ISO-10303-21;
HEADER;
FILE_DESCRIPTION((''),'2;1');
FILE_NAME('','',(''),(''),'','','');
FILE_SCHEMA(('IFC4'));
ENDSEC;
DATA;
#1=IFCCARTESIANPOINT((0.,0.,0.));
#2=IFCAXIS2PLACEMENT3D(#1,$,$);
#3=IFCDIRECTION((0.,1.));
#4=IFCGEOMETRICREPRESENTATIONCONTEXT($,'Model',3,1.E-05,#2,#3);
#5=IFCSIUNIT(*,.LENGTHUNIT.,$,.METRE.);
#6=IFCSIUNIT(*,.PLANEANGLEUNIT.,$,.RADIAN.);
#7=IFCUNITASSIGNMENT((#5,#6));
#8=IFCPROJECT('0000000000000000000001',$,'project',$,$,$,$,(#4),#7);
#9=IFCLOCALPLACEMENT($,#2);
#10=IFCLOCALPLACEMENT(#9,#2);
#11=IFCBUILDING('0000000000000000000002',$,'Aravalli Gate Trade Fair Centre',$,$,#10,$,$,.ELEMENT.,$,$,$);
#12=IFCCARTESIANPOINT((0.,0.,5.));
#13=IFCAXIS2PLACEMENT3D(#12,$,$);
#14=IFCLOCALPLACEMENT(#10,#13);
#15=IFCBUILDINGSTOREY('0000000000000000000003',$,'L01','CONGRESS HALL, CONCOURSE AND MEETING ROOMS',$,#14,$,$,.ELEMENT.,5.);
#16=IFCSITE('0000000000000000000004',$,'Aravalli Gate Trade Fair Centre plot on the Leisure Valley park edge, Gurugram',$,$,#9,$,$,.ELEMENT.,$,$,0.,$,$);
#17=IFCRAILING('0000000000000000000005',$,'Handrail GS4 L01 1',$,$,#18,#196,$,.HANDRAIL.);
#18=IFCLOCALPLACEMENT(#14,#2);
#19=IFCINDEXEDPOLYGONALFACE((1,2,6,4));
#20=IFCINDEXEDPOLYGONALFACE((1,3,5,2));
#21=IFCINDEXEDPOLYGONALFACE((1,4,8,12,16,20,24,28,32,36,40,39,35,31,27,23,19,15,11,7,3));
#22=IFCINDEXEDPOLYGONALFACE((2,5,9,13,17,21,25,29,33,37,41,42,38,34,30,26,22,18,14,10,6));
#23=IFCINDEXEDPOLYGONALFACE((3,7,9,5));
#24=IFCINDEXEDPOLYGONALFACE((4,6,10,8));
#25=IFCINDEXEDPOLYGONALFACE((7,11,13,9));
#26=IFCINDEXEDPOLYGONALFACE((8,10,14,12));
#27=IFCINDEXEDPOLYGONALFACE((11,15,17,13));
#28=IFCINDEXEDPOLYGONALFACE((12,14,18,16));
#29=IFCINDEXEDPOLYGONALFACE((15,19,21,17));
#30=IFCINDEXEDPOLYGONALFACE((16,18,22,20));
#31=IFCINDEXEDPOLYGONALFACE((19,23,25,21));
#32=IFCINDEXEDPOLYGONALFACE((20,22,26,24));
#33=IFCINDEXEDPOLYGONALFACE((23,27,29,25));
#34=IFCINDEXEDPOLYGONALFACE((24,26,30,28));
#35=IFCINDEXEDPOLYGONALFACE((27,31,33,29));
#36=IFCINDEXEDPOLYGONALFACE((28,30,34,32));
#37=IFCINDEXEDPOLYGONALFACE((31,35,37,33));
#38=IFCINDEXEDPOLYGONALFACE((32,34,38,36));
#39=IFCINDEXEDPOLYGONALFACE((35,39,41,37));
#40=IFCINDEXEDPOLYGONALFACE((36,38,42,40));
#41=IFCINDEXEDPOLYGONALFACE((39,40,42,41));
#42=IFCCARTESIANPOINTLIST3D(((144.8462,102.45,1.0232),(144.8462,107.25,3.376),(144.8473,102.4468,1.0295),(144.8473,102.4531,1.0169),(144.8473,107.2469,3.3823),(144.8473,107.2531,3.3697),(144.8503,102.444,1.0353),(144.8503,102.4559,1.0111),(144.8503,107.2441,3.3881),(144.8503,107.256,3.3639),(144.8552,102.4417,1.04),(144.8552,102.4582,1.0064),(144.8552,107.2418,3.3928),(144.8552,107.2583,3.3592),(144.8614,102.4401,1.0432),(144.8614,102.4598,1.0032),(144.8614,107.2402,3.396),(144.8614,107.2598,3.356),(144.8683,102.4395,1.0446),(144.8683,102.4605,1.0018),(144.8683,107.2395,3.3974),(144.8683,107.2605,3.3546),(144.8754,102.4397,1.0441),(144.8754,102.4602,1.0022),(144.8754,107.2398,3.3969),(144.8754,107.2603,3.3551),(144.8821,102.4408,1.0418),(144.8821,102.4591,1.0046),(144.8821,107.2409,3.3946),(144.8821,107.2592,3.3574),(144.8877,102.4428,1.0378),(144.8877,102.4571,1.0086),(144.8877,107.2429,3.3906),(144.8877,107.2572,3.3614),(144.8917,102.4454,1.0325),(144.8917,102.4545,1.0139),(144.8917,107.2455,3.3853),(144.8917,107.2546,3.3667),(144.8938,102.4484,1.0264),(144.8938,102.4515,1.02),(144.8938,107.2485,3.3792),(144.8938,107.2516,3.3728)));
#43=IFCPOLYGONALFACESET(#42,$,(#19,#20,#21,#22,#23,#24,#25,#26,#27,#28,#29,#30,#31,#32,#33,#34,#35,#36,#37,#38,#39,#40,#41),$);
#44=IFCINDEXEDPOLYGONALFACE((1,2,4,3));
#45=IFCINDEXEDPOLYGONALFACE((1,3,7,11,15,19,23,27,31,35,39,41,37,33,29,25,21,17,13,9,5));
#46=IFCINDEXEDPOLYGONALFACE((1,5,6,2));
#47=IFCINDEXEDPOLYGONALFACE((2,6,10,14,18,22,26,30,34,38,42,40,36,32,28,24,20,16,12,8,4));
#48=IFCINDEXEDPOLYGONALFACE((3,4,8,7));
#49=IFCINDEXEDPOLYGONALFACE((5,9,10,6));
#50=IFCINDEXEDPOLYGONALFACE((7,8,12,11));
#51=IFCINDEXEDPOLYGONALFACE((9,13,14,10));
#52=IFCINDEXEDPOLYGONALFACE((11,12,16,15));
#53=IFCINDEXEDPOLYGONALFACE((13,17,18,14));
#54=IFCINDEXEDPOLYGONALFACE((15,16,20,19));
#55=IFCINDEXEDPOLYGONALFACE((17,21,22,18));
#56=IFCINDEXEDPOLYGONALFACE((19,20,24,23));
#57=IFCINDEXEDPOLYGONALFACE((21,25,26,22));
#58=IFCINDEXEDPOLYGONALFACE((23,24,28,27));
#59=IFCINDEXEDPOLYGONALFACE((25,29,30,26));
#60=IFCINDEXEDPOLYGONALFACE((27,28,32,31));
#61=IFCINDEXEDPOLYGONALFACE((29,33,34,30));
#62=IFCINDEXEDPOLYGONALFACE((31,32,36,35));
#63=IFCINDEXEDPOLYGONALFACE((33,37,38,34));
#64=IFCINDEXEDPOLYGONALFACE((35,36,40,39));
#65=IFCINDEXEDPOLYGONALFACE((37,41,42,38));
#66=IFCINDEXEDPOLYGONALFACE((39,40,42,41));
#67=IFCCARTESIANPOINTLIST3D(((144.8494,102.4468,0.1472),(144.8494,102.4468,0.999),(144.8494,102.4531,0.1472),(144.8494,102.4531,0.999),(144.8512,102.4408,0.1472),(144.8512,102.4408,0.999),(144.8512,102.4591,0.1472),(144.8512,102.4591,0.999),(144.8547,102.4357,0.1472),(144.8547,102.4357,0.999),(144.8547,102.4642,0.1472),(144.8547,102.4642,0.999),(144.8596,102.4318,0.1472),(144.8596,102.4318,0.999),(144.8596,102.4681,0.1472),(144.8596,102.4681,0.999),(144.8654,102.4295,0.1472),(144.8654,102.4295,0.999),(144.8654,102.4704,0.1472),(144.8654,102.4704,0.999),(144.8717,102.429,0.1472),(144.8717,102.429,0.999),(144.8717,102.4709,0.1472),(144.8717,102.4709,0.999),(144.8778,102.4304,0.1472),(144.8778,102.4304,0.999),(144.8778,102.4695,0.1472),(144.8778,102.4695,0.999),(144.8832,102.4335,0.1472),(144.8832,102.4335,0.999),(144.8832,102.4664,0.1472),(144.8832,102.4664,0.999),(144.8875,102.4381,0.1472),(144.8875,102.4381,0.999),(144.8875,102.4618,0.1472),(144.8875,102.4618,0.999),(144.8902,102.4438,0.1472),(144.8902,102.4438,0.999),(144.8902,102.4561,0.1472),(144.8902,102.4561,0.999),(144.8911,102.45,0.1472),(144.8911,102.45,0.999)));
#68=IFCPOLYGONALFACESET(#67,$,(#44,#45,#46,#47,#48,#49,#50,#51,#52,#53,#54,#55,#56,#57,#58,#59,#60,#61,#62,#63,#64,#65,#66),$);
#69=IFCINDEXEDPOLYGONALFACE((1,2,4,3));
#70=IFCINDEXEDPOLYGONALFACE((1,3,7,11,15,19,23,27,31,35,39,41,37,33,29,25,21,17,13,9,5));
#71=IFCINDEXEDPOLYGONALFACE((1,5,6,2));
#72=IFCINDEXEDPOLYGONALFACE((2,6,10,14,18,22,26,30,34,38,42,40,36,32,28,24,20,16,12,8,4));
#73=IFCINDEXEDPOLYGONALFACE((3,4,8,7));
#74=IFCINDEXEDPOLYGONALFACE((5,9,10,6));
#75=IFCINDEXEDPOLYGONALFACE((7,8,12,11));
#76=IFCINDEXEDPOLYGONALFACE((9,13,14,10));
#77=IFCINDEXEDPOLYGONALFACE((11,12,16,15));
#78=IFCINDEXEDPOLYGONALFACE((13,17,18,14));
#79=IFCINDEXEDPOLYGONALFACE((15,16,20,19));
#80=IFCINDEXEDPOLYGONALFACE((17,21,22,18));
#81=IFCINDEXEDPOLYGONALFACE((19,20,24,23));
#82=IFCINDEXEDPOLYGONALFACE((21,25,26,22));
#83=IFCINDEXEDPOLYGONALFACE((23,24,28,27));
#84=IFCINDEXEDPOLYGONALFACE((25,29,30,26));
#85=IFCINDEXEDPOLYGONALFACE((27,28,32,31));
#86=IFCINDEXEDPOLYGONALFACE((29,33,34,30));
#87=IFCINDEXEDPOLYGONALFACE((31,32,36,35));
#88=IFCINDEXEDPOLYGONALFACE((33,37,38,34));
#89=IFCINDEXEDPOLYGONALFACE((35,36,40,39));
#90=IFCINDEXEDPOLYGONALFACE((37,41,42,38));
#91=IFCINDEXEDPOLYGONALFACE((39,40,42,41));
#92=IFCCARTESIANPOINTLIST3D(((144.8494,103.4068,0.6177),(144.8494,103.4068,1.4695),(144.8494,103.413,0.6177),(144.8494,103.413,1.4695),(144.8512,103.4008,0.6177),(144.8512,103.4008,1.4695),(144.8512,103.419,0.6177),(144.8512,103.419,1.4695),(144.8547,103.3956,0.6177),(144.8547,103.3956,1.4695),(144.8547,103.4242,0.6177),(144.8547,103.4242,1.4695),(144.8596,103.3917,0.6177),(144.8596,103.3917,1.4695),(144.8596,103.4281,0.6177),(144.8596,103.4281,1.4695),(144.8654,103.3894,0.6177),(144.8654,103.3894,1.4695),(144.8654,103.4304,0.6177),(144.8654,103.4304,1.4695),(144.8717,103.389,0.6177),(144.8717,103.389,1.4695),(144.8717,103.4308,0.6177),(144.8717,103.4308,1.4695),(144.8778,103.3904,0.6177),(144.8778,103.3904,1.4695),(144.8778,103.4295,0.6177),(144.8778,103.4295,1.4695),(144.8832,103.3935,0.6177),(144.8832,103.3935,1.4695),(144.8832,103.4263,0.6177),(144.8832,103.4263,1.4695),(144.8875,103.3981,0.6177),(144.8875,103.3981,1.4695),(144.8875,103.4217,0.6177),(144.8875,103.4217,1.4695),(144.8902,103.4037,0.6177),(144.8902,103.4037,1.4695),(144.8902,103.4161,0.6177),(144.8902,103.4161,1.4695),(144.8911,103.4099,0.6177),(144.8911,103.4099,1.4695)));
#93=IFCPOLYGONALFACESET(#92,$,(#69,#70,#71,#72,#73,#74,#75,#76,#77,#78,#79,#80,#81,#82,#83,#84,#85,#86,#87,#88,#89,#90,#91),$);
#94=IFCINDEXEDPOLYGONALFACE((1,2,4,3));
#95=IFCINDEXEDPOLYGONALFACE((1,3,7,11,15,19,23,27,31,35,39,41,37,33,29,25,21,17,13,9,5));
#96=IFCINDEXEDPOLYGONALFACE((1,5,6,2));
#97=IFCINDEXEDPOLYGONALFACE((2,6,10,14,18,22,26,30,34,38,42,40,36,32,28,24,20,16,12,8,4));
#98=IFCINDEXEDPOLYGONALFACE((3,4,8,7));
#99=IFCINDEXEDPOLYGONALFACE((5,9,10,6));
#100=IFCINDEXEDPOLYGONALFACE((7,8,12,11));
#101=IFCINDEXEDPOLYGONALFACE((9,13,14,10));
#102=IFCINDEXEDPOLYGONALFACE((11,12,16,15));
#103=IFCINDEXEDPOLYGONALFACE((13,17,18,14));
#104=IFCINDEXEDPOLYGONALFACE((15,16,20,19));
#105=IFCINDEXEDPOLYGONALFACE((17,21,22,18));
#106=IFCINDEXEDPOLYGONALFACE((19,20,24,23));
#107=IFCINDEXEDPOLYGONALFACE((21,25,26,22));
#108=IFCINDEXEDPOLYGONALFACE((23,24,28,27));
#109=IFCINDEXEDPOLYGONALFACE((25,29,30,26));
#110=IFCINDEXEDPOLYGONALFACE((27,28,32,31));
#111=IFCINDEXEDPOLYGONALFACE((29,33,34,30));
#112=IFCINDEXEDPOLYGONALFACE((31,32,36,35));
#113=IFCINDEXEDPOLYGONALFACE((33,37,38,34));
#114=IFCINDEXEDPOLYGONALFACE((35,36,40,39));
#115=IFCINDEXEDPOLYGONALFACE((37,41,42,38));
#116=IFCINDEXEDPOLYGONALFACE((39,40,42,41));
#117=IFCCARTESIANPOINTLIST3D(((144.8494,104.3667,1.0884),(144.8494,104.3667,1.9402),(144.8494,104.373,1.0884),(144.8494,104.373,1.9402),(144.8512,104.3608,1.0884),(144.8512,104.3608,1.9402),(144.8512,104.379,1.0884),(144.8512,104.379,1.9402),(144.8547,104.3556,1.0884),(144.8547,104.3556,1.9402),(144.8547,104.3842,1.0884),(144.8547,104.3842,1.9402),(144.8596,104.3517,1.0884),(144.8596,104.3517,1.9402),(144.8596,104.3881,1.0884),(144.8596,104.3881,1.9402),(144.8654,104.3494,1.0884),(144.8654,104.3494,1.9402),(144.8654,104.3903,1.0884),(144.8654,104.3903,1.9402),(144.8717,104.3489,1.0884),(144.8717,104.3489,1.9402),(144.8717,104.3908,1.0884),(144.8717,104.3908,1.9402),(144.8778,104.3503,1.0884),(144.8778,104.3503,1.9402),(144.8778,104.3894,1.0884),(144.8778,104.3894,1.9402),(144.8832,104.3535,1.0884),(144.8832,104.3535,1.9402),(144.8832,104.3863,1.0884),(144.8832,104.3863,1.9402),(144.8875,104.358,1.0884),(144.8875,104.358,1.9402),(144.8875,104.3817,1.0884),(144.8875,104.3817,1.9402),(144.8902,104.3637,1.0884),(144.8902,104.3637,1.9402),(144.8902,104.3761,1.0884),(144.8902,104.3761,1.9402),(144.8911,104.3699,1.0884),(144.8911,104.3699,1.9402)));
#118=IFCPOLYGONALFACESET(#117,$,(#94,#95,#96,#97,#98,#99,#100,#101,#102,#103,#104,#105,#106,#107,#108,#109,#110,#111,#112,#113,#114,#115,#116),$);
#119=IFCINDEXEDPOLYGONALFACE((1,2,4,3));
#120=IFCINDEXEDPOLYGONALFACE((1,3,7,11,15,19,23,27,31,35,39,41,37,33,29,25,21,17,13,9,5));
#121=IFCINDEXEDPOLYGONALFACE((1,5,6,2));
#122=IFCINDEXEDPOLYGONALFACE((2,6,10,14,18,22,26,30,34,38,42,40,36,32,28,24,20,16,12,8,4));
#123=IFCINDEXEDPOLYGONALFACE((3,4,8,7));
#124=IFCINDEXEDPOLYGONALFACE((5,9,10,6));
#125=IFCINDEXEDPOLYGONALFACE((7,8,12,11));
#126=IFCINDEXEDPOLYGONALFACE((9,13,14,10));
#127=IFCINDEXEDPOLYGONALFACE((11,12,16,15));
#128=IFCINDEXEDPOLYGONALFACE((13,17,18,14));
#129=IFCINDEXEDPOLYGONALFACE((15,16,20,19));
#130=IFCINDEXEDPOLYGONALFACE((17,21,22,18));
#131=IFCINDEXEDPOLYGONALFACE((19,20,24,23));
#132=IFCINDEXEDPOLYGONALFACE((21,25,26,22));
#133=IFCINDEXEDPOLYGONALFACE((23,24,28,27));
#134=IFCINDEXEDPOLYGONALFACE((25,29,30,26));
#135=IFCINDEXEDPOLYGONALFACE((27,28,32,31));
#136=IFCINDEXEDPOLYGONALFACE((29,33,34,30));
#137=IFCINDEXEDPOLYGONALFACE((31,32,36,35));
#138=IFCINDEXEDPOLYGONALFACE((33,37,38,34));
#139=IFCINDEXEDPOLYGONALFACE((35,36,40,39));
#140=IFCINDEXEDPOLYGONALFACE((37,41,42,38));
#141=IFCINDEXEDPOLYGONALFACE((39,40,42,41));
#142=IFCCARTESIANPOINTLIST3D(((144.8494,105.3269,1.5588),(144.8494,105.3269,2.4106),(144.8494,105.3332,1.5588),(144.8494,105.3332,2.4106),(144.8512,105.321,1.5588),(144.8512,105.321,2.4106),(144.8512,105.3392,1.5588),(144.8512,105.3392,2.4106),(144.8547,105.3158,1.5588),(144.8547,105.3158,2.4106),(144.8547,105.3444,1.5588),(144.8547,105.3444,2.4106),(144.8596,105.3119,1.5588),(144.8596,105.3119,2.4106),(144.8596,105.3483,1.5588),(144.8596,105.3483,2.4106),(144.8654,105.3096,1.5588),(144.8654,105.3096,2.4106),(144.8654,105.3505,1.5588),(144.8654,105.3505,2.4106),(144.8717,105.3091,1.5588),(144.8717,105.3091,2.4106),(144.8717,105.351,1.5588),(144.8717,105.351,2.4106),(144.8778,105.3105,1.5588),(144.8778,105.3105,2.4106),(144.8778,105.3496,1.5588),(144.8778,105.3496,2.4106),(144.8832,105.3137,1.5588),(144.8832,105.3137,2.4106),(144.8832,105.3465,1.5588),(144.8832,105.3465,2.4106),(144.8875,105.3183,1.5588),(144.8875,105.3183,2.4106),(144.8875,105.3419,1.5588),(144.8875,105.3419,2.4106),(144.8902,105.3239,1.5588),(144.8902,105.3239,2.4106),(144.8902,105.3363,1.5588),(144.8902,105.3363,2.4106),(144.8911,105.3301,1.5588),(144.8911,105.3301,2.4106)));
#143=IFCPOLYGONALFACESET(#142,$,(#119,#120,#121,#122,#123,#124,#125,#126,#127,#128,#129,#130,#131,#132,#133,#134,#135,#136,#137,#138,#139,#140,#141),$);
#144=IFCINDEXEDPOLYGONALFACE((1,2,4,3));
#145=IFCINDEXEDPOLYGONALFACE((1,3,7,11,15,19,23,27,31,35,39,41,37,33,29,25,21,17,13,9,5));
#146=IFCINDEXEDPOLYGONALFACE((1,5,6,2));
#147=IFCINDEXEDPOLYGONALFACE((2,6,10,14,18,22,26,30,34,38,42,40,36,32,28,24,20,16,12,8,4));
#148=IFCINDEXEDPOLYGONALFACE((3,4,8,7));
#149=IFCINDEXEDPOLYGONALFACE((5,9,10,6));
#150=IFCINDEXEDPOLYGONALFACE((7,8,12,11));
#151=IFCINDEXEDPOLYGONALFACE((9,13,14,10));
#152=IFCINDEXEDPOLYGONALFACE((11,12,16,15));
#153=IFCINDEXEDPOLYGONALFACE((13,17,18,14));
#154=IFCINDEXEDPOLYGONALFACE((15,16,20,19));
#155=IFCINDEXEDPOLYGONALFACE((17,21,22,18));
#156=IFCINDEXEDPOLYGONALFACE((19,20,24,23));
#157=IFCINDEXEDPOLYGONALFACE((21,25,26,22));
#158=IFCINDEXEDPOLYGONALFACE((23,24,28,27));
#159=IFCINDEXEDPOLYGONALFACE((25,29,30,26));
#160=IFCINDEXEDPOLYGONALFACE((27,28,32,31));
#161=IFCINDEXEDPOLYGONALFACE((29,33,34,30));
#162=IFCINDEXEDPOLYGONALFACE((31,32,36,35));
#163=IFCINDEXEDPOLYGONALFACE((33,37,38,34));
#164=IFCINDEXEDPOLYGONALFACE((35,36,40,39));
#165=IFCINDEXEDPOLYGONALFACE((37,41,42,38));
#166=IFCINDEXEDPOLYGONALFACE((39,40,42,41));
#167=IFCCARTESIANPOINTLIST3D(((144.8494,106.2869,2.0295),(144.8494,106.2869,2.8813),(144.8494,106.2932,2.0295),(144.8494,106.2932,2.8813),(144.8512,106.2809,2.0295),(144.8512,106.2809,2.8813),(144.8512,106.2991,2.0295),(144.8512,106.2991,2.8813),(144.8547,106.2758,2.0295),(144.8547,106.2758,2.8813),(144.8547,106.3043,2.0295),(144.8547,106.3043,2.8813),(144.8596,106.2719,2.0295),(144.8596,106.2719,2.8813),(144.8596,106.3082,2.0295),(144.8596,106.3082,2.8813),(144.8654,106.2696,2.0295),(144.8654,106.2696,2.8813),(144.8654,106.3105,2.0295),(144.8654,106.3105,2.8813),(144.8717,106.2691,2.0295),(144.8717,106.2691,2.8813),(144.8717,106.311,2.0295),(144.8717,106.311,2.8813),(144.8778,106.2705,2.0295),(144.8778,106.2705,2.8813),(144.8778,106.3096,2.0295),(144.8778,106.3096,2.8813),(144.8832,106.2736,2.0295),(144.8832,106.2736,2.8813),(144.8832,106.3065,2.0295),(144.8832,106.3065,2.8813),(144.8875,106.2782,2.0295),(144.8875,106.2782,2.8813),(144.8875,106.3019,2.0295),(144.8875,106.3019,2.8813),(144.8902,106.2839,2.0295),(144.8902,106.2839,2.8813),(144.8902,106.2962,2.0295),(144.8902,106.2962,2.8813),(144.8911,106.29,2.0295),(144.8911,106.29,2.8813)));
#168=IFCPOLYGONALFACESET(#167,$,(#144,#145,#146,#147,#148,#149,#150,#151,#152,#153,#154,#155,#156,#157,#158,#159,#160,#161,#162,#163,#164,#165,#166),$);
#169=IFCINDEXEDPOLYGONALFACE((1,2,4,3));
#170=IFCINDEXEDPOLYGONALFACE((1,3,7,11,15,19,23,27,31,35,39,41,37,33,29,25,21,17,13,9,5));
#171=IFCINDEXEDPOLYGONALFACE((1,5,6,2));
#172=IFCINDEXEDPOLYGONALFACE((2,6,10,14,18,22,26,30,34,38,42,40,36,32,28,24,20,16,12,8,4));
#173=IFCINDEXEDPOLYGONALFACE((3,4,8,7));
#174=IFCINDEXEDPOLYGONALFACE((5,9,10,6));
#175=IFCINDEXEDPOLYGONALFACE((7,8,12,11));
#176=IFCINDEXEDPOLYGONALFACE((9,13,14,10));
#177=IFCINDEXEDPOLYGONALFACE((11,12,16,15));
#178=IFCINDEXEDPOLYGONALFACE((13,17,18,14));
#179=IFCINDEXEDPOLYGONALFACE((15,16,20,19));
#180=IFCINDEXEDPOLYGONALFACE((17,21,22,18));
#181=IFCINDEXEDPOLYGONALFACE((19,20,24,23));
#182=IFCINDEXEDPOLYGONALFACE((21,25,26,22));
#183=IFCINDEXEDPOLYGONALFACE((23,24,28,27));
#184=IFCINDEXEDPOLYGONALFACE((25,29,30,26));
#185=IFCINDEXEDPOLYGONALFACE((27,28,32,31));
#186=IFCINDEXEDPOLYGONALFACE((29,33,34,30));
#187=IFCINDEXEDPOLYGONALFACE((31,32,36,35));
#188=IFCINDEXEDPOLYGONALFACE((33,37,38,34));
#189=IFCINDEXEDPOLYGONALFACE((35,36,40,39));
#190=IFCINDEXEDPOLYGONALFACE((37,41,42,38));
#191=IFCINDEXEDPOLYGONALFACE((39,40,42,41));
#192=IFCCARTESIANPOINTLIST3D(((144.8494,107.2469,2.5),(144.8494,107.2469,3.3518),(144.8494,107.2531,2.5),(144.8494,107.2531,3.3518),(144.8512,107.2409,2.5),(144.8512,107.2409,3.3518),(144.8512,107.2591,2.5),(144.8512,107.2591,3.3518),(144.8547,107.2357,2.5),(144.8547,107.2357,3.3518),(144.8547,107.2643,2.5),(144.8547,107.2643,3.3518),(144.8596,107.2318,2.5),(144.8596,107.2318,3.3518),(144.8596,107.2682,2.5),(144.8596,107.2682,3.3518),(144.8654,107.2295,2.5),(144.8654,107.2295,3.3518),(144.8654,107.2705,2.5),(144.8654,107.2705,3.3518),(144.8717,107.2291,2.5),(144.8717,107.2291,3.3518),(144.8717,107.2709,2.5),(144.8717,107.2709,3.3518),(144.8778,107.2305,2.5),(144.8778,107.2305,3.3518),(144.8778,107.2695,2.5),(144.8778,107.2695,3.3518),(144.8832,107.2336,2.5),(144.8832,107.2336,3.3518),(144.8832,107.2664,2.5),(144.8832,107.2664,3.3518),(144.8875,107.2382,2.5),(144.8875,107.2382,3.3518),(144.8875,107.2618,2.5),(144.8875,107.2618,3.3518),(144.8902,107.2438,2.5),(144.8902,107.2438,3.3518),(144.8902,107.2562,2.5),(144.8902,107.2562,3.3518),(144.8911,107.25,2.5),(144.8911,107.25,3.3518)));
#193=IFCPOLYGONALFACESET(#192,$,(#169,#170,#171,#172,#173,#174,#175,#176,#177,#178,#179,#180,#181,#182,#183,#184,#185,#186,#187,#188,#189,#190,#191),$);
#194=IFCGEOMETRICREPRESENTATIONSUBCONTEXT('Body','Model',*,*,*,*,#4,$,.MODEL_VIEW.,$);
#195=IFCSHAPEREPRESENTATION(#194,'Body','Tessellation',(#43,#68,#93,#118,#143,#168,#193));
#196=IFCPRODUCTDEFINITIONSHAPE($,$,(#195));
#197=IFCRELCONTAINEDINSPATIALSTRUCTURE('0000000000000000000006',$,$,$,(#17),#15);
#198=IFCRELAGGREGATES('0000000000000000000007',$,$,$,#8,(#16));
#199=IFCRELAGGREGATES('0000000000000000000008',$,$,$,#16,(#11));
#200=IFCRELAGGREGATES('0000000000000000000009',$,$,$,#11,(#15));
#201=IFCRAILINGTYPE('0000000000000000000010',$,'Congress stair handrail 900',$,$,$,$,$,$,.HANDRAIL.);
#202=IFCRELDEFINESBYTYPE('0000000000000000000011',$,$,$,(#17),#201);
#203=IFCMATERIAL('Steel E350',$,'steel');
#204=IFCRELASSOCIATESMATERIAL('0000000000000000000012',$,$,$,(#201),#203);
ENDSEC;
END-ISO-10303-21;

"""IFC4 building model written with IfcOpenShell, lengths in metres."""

from ifc_helpers import new_model, si_unit, direction, frame, origin, origin_2d, place, context, subcontext, project, spatial, circle, extrude, material, type_object, element, save


model = new_model("IFC4")

# Units and contexts
model_context = context("Model", 3, precision=1e-05, world=origin(), true_north=direction((0.0, 1.0)))
body_context = subcontext(model_context, "Body", "Model", "MODEL_VIEW")
ifc_project = project(units=[si_unit("LENGTHUNIT", "METRE"), si_unit("PLANEANGLEUNIT", "RADIAN")], contexts=[model_context])

# Site, building, storey
site_placement = place(None, origin())
site = spatial("IfcSite", under=ifc_project, at=site_placement, Name="Aravalli Gate Trade Fair Centre plot on the Leisure Valley park edge, Gurugram", CompositionType="ELEMENT", RefElevation=0.0)
building_placement = place(site_placement, origin())
building = spatial("IfcBuilding", under=site, at=building_placement, Name="Aravalli Gate Trade Fair Centre", CompositionType="ELEMENT")
storey_placement = place(building_placement, frame((0.0, 0.0, 5.0)))
storey = spatial("IfcBuildingStorey", under=building, at=storey_placement, Name="L01", Description="CONGRESS HALL, CONCOURSE AND MEETING ROOMS", CompositionType="ELEMENT", Elevation=5.0)

# Shared definitions
ifc_material_1 = material(Name="Steel E350", Category="steel")

# Railing
railing_type = type_object("IfcRailingType", Name="Congress stair handrail 900", PredefinedType="HANDRAIL", material=ifc_material_1)
for number, where, name in (
    (1, (144.8701, 102.45, 0.1472), "Handrail GS4 L01 1"),
):
    element("IfcRailing", number, at=place(storey_placement, frame(where)), inside=storey, type_object=railing_type, Name=name, PredefinedType="HANDRAIL", context=body_context, shape_type="SweptSolid", body=[
        extrude(circle(Radius=0.0239, at=origin_2d()), frame((0.0, 0.0, 0.876), z_axis=(0.0, 0.897934, 0.44013), x_axis=(-1.0, 0.0, 0.0)), (0.0, 0.0, 1.0), 5.3457),
        extrude(circle(Radius=0.021, at=origin_2d()), origin(), (0.0, 0.0, 1.0), 0.8518),
        extrude(circle(Radius=0.021, at=origin_2d()), frame((0.0, 0.96, 0.4705)), (0.0, 0.0, 1.0), 0.8518),
        extrude(circle(Radius=0.021, at=origin_2d()), frame((0.0, 1.9199, 0.9412)), (0.0, 0.0, 1.0), 0.8518),
        extrude(circle(Radius=0.021, at=origin_2d()), frame((0.0, 2.8801, 1.4116)), (0.0, 0.0, 1.0), 0.8518),
        extrude(circle(Radius=0.021, at=origin_2d()), frame((0.0, 3.8401, 1.8823)), (0.0, 0.0, 1.0), 0.8518),
        extrude(circle(Radius=0.021, at=origin_2d()), frame((0.0, 4.8, 2.3528)), (0.0, 0.0, 1.0), 0.8518),
    ])

save(model, "model.ifc")
